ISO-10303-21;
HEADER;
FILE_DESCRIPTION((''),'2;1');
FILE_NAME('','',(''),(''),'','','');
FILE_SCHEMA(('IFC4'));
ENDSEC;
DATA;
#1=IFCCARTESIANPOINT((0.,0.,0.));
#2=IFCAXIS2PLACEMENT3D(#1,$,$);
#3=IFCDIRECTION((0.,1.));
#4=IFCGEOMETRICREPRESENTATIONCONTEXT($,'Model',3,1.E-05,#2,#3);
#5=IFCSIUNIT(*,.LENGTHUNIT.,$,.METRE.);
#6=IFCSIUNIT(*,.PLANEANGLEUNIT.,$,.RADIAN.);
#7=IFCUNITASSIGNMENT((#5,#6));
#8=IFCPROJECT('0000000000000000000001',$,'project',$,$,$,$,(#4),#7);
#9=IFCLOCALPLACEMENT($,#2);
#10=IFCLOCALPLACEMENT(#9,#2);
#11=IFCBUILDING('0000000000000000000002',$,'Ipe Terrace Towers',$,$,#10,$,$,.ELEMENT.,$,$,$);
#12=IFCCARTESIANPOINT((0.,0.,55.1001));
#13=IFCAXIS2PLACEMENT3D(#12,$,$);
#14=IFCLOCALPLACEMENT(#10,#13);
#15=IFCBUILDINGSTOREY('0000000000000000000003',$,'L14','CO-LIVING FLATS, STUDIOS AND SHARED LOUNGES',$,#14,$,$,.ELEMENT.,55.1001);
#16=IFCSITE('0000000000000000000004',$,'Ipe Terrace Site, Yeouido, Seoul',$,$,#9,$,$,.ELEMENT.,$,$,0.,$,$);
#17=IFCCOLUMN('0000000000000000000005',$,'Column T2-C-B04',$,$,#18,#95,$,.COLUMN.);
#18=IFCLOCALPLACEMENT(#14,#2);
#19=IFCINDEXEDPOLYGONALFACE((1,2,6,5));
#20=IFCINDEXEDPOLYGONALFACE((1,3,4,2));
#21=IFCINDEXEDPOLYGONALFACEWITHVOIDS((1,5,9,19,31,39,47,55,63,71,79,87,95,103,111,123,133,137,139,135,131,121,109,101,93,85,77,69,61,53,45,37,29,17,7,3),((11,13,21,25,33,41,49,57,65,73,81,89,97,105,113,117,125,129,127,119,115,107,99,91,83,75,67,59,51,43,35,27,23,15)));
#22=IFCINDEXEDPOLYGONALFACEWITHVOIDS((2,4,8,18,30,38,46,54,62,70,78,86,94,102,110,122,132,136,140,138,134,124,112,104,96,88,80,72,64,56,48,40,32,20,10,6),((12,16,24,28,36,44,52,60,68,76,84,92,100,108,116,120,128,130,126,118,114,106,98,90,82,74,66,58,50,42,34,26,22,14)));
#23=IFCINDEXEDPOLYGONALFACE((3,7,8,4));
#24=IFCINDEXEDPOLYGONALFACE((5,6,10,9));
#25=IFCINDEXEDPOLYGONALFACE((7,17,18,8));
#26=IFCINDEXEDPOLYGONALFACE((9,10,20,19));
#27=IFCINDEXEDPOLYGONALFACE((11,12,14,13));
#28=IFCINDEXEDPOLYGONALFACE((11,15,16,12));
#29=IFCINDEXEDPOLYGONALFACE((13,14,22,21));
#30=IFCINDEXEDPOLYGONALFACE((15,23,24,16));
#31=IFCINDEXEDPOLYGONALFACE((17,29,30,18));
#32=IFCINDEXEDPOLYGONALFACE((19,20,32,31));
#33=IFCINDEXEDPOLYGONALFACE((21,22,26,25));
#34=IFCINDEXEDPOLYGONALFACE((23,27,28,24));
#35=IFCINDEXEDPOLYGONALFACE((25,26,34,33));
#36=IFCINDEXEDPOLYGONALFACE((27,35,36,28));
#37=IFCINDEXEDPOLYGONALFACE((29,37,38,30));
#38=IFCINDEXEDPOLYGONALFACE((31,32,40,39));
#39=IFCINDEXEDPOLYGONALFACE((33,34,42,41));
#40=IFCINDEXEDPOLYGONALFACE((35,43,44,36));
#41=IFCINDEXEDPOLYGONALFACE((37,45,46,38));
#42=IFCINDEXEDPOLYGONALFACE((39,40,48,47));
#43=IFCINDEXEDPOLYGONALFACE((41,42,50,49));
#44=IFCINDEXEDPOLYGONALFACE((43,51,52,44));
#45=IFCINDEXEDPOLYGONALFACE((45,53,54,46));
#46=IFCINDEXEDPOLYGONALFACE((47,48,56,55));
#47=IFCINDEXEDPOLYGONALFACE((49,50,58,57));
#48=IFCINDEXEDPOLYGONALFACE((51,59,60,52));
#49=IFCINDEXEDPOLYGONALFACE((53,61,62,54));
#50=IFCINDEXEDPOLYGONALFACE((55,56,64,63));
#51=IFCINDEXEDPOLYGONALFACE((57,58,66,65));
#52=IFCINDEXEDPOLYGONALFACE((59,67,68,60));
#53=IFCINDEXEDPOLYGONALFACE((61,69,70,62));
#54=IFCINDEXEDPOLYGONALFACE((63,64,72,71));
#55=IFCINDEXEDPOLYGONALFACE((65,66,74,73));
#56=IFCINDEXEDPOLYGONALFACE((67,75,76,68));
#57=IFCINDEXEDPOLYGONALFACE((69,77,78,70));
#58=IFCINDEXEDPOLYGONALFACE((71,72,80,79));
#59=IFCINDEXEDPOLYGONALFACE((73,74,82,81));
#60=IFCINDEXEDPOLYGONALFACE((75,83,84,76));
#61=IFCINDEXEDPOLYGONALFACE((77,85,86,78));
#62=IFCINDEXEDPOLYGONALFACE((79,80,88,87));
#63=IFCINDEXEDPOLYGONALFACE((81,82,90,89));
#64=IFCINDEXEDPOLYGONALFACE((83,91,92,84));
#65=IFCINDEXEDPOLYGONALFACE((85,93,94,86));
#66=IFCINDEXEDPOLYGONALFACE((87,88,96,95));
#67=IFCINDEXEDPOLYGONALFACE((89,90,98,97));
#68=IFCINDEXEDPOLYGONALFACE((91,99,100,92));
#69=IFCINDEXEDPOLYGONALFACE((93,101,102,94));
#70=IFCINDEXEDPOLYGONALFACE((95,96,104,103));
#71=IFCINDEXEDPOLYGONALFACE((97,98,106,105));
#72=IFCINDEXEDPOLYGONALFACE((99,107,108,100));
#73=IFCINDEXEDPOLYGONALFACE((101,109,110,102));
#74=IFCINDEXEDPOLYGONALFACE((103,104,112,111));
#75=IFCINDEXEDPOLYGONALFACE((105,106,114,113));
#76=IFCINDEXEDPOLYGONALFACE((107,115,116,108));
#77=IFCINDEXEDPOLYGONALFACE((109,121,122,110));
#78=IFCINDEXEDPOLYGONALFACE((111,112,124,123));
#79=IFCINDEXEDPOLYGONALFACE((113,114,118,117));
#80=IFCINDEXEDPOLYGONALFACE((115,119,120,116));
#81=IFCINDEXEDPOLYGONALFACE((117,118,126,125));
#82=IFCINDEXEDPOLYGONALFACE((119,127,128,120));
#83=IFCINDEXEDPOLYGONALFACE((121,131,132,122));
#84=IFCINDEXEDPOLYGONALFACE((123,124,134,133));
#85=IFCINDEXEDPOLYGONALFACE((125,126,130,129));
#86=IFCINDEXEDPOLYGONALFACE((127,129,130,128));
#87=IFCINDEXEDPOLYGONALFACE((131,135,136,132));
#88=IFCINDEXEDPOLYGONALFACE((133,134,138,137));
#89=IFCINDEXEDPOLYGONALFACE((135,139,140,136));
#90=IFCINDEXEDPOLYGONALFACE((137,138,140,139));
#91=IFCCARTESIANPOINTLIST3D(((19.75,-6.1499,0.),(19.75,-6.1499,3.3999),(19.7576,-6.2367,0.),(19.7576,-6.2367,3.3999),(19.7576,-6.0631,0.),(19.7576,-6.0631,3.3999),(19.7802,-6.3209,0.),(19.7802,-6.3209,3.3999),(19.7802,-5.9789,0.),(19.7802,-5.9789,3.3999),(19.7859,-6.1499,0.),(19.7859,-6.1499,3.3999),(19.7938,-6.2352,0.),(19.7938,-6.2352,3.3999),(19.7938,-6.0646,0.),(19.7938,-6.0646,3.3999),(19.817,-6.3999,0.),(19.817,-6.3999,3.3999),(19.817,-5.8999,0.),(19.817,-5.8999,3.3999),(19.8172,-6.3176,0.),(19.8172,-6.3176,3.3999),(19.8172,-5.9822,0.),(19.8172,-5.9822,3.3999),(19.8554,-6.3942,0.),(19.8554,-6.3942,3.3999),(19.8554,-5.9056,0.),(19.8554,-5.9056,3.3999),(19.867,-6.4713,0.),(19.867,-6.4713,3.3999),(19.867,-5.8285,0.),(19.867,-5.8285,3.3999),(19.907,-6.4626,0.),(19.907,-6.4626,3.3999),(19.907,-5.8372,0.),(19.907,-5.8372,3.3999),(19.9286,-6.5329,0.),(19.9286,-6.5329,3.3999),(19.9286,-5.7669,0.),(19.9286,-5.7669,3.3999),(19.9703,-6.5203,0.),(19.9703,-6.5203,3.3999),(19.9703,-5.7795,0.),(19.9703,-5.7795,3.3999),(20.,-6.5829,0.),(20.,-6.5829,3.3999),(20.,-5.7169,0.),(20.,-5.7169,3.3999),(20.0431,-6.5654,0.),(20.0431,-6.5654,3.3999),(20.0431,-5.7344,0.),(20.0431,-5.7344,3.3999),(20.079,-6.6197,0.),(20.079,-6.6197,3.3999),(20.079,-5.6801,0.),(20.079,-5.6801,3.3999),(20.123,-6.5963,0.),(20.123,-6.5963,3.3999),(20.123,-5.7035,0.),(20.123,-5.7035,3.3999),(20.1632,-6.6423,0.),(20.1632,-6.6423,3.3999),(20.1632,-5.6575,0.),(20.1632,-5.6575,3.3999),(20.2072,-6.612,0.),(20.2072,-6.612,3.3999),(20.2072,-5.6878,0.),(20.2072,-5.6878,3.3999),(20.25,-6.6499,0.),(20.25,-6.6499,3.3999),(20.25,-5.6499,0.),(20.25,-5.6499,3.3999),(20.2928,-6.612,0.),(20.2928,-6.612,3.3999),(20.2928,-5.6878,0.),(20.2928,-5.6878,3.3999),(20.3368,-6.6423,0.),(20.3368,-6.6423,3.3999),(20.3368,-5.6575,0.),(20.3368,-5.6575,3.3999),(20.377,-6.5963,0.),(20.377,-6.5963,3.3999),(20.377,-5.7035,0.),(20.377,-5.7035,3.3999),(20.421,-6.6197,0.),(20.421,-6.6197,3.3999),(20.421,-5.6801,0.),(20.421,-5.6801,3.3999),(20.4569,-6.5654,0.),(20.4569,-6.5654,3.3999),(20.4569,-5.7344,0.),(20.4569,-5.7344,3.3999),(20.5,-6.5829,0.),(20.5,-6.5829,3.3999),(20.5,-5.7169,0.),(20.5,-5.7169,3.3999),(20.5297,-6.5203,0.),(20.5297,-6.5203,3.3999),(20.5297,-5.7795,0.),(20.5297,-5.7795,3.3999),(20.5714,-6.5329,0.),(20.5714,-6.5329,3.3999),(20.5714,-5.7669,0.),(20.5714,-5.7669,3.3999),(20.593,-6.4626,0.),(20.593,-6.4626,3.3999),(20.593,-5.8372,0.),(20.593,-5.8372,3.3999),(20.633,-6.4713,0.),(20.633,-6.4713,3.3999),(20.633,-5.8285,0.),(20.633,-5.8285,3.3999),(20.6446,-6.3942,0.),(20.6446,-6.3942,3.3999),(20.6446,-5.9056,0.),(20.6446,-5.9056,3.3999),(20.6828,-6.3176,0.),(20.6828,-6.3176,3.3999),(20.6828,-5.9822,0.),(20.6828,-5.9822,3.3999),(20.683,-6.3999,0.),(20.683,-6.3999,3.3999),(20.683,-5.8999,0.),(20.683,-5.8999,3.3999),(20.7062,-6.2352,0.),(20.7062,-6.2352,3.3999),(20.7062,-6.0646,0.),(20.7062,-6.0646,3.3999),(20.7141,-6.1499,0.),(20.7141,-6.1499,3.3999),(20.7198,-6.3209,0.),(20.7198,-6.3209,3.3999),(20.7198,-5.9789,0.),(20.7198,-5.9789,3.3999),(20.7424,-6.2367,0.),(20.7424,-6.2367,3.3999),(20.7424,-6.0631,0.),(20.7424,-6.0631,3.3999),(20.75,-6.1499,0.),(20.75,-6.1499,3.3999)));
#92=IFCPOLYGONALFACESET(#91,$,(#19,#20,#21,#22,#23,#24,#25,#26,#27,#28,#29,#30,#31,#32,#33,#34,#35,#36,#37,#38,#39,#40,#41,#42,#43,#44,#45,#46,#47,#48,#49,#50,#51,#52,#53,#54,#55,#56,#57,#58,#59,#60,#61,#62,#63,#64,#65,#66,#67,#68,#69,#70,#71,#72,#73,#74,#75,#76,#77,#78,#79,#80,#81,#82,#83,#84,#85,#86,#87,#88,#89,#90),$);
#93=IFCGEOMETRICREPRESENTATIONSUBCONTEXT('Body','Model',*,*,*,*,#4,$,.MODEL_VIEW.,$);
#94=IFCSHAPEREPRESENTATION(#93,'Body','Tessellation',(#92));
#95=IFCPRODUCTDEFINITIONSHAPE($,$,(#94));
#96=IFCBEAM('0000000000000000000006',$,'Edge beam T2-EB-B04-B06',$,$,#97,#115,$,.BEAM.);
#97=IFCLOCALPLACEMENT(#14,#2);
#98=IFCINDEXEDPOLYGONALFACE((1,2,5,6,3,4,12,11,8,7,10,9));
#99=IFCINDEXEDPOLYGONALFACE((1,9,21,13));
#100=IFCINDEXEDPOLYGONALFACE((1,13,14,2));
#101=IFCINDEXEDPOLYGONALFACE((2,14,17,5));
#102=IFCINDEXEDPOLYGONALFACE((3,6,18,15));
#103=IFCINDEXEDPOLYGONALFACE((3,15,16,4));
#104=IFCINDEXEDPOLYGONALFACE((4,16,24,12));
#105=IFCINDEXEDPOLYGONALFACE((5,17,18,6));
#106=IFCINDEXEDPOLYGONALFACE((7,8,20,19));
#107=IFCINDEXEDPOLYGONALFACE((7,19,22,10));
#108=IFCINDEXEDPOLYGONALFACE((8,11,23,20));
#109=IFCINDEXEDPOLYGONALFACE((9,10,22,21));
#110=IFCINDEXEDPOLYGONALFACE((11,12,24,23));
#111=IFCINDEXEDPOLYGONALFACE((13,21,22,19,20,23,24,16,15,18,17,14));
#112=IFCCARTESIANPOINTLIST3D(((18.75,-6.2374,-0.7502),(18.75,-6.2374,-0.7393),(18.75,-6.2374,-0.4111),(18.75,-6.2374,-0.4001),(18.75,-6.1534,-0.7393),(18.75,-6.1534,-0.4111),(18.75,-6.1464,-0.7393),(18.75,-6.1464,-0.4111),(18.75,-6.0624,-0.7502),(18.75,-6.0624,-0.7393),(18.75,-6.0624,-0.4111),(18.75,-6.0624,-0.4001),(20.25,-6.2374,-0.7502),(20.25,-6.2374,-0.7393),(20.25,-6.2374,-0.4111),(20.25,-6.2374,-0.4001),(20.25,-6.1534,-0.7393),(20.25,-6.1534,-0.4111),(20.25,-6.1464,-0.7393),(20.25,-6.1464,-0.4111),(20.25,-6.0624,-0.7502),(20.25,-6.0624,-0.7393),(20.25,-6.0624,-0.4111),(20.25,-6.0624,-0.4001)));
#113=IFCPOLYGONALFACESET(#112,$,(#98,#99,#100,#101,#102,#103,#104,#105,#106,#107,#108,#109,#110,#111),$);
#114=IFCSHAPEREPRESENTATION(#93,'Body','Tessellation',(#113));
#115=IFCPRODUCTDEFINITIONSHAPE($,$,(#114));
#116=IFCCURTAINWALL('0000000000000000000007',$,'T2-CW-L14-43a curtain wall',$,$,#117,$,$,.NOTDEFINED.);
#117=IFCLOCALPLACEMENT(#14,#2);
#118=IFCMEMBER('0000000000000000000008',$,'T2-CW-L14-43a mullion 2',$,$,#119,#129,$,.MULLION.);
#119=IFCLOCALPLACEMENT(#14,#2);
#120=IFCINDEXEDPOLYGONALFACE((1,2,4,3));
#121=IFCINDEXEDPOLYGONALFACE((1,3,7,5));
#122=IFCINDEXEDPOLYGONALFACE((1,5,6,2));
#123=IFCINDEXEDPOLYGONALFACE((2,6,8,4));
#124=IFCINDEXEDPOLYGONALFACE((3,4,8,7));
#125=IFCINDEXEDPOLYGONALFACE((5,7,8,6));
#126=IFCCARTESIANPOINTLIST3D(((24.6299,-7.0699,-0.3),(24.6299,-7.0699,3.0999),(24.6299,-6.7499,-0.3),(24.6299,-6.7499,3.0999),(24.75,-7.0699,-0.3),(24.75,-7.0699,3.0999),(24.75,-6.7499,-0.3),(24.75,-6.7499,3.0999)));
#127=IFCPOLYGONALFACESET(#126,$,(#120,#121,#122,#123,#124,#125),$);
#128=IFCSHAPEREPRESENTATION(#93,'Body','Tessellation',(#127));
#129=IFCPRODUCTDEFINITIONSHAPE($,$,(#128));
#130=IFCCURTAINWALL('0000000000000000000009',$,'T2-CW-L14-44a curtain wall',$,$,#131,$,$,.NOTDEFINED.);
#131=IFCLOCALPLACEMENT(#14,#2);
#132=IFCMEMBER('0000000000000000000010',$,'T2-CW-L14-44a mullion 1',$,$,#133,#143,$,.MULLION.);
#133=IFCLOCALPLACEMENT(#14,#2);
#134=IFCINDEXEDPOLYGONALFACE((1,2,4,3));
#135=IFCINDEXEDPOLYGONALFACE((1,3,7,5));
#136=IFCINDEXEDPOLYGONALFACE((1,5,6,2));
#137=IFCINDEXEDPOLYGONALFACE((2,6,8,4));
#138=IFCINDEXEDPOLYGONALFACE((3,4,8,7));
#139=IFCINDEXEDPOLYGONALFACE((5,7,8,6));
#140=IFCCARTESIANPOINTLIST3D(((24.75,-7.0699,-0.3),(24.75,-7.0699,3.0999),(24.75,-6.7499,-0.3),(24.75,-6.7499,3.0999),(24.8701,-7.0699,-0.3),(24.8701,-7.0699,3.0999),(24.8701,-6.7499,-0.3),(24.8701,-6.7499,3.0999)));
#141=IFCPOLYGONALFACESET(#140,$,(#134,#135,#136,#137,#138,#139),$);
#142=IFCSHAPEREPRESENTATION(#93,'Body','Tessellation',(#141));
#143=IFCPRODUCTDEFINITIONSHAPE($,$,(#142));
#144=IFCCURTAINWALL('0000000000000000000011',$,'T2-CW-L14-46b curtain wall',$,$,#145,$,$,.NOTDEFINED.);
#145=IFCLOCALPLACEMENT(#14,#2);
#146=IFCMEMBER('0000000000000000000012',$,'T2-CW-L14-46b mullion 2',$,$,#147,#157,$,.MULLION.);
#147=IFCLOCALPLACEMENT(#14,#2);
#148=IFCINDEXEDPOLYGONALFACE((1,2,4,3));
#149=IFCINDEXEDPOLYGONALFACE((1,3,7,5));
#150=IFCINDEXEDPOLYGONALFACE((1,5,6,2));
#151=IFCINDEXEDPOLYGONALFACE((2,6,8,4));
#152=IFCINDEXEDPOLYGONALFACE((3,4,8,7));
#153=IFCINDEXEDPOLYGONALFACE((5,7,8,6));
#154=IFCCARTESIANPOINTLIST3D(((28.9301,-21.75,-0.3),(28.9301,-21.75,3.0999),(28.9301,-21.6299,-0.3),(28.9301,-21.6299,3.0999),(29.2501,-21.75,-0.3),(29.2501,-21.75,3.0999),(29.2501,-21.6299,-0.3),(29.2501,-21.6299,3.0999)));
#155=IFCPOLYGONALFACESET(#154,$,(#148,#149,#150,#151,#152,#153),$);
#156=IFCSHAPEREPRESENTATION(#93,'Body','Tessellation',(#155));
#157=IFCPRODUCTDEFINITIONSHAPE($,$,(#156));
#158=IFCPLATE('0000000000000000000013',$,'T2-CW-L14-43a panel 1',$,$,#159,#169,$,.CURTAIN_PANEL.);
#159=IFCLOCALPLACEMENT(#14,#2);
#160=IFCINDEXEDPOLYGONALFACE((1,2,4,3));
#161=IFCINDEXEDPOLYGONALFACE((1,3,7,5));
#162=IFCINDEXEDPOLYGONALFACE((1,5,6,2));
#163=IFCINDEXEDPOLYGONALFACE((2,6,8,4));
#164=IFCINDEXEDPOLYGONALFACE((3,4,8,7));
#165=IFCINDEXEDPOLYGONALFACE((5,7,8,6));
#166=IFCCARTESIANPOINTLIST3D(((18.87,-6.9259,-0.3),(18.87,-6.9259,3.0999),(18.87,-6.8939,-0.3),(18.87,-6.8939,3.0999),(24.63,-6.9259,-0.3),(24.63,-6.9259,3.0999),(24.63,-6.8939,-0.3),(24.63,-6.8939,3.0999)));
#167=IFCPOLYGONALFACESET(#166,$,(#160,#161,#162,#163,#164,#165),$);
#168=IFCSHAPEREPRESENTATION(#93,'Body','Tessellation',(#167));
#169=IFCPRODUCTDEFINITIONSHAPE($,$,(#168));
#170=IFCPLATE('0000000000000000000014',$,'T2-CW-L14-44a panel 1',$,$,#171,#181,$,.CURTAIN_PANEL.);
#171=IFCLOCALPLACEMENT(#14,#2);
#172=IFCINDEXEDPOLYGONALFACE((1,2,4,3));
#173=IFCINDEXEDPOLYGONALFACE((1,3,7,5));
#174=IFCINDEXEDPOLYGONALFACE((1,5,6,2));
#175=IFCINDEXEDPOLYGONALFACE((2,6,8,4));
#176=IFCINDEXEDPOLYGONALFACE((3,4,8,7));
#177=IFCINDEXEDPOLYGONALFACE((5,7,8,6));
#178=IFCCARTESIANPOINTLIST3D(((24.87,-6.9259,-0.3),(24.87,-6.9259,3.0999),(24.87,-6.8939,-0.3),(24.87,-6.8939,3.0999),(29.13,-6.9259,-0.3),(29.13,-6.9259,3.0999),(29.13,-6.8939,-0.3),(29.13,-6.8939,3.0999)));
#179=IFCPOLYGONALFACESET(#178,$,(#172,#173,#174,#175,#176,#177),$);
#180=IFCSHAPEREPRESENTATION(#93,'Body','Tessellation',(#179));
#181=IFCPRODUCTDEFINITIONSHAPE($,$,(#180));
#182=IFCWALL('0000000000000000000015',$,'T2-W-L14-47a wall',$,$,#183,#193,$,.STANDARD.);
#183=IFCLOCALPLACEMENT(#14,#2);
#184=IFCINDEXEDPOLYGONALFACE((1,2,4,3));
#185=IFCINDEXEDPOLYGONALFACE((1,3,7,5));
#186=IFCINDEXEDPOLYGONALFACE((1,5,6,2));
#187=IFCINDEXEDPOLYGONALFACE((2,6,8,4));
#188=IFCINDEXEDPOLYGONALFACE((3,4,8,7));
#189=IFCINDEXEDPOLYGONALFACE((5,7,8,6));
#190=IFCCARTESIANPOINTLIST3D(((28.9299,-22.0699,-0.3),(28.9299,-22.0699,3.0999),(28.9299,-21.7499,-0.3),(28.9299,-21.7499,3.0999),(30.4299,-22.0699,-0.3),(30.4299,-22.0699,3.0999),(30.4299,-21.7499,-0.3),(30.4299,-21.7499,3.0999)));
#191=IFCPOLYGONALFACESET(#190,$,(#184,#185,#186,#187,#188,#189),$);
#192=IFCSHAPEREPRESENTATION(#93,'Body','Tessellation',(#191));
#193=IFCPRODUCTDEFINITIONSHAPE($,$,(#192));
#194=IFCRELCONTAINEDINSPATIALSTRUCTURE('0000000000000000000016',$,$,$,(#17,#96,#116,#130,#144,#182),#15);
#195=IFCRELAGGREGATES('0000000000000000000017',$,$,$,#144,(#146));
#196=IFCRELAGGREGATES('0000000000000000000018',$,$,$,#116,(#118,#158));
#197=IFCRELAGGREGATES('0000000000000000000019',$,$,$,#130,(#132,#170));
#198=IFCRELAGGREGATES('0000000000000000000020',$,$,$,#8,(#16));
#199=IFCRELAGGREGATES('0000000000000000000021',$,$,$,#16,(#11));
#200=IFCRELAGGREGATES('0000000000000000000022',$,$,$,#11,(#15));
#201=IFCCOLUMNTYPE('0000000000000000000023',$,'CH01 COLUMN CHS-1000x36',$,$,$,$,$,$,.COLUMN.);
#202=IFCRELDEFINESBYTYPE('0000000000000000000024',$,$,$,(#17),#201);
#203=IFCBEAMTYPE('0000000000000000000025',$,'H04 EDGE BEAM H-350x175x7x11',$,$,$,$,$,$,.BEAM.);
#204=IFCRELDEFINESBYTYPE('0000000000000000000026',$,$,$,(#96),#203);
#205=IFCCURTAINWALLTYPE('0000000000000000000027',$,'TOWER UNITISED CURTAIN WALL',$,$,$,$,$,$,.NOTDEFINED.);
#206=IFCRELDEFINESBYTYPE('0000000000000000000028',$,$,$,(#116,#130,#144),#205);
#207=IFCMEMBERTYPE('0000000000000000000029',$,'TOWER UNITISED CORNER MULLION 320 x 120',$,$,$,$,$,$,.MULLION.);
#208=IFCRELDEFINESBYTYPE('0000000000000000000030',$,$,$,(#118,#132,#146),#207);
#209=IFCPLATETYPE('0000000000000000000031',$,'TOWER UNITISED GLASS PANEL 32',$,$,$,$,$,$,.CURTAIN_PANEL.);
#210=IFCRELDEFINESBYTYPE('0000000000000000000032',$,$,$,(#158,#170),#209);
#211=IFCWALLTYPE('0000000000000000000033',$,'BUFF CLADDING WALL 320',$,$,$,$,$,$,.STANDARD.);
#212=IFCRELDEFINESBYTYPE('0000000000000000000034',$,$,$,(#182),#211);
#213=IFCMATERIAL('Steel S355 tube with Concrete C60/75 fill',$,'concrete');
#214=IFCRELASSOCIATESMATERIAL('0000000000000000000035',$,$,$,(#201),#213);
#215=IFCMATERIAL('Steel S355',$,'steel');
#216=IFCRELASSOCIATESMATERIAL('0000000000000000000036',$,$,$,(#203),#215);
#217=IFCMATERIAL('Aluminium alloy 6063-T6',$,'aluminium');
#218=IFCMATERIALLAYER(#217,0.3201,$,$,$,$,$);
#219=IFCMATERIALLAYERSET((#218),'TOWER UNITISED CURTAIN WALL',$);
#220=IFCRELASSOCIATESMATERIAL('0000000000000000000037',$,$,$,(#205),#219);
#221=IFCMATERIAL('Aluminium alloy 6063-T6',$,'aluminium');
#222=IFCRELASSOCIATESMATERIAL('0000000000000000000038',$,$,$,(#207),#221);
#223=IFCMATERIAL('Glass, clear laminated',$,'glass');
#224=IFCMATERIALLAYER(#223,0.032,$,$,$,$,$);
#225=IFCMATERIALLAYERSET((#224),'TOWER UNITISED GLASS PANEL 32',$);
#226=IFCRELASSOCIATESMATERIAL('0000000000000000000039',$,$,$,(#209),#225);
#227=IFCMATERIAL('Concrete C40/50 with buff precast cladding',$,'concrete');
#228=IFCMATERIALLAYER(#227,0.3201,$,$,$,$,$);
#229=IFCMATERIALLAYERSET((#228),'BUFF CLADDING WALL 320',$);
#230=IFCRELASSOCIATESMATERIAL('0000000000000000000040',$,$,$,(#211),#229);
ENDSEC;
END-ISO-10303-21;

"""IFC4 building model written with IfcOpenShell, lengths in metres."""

from ifc_helpers import new_model, si_unit, direction, frame, frame_2d, origin, origin_2d, place, context, subcontext, project, spatial, rectangle, hollow_circle, i_section, extrude, material, layer, layer_set, material_profile, profile_set, type_object, element, aggregate, save


model = new_model("IFC4")

# Units and contexts
model_context = context("Model", 3, precision=1e-05, world=origin(), true_north=direction((0.0, 1.0)))
body_context = subcontext(model_context, "Body", "Model", "MODEL_VIEW")
ifc_project = project(units=[si_unit("LENGTHUNIT", "METRE"), si_unit("PLANEANGLEUNIT", "RADIAN")], contexts=[model_context])

# Site, building, storey
site_placement = place(None, origin())
site = spatial("IfcSite", under=ifc_project, at=site_placement, Name="Ipe Terrace Site, Yeouido, Seoul", CompositionType="ELEMENT", RefElevation=0.0)
building_placement = place(site_placement, origin())
building = spatial("IfcBuilding", under=site, at=building_placement, Name="Ipe Terrace Towers", CompositionType="ELEMENT")
storey_placement = place(building_placement, frame((0.0, 0.0, 55.1001)))
storey = spatial("IfcBuildingStorey", under=building, at=storey_placement, Name="L14", Description="CO-LIVING FLATS, STUDIOS AND SHARED LOUNGES", CompositionType="ELEMENT", Elevation=55.1001)

# Column
ifc_material_1 = material(Name="Steel S355 tube with Concrete C60/75 fill", Category="concrete")
ifc_material_profile_1 = material_profile(ifc_material_1, hollow_circle(Radius=0.5, WallThickness=0.0359, at=origin_2d()), Name="CHS-1000x36")
ifc_profile_set_1 = profile_set([ifc_material_profile_1], Name="Steel S355 tube with Concrete C60/75 fill")
column_type = type_object("IfcColumnType", Name="CH01 COLUMN CHS-1000x36", PredefinedType="COLUMN", material=ifc_profile_set_1)
column_placement = place(storey_placement, frame((20.25, -6.1499, 0.0), z_axis=(0.0, 0.0, 1.0), x_axis=(1.0, 0.0, 0.0)))
element("IfcColumn", 1, at=column_placement, inside=storey, type_object=column_type, Name="Column T2-C-B04", PredefinedType="COLUMN", context=body_context, shape_type="SweptSolid", body=[
    extrude(hollow_circle(Radius=0.5, WallThickness=0.0359, at=origin_2d()), origin(), (0.0, 0.0, 1.0), 3.3999),
])

# Beam
ifc_material_2 = material(Name="Steel S355", Category="steel")
ifc_material_profile_2 = material_profile(ifc_material_2, i_section(OverallWidth=0.175, OverallDepth=0.3501, WebThickness=0.0071, FlangeThickness=0.011, at=origin_2d()), Name="H-350x175x7x11")
ifc_profile_set_2 = profile_set([ifc_material_profile_2], Name="Steel S355")
beam_type = type_object("IfcBeamType", Name="H04 EDGE BEAM H-350x175x7x11", PredefinedType="BEAM", material=ifc_profile_set_2)
beam_placement = place(storey_placement, frame((20.25, -6.1499, -0.5752), z_axis=(-1.0, 0.0, 0.0), x_axis=(0.0, -1.0, 0.0)))
element("IfcBeam", 2, at=beam_placement, inside=storey, type_object=beam_type, Name="Edge beam T2-EB-B04-B06", PredefinedType="BEAM", context=body_context, shape_type="SweptSolid", body=[
    extrude(i_section(OverallWidth=0.175, OverallDepth=0.3501, WebThickness=0.0071, FlangeThickness=0.011, at=origin_2d()), origin(), (0.0, 0.0, 1.0), 1.5),
])

# Curtain walls, members
ifc_material_3 = material(Name="Aluminium alloy 6063-T6", Category="aluminium")
ifc_layer_1 = layer(ifc_material_3, 0.3201)
ifc_layer_set_1 = layer_set([ifc_layer_1], Name="TOWER UNITISED CURTAIN WALL")
curtain_wall_type = type_object("IfcCurtainWallType", Name="TOWER UNITISED CURTAIN WALL", PredefinedType="NOTDEFINED", material=ifc_layer_set_1)
curtain_wall_1_placement = place(storey_placement, origin())
curtain_wall_1 = element("IfcCurtainWall", 3, at=curtain_wall_1_placement, inside=storey, type_object=curtain_wall_type, Name="T2-CW-L14-43a curtain wall", PredefinedType="NOTDEFINED")
ifc_material_4 = material(Name="Aluminium alloy 6063-T6", Category="aluminium")
ifc_material_profile_3 = material_profile(ifc_material_4, rectangle(XDim=0.3201, YDim=0.1201, at=origin_2d()), Name="TOWER UNITISED CORNER MULLION 320 x 120")
ifc_profile_set_3 = profile_set([ifc_material_profile_3], Name="Aluminium alloy 6063-T6")
member_type = type_object("IfcMemberType", Name="TOWER UNITISED CORNER MULLION 320 x 120", PredefinedType="MULLION", material=ifc_profile_set_3)
member_1_placement = place(storey_placement, frame((24.6899, -6.9099, -0.3), z_axis=(0.0, 0.0, 1.0), x_axis=(0.0, -1.0, 0.0)))
member_1 = element("IfcMember", 4, at=member_1_placement, type_object=member_type, Name="T2-CW-L14-43a mullion 2", PredefinedType="MULLION", context=body_context, shape_type="SweptSolid", body=[
    extrude(rectangle(XDim=0.3201, YDim=0.1201, at=origin_2d()), origin(), (0.0, 0.0, 1.0), 3.3999),
])
curtain_wall_2_placement = place(storey_placement, origin())
curtain_wall_2 = element("IfcCurtainWall", 5, at=curtain_wall_2_placement, inside=storey, type_object=curtain_wall_type, Name="T2-CW-L14-44a curtain wall", PredefinedType="NOTDEFINED")
member_2_placement = place(storey_placement, frame((24.8101, -6.9099, -0.3), z_axis=(0.0, 0.0, 1.0), x_axis=(0.0, -1.0, 0.0)))
member_2 = element("IfcMember", 6, at=member_2_placement, type_object=member_type, Name="T2-CW-L14-44a mullion 1", PredefinedType="MULLION", context=body_context, shape_type="SweptSolid", body=[
    extrude(rectangle(XDim=0.3201, YDim=0.1201, at=origin_2d()), origin(), (0.0, 0.0, 1.0), 3.3999),
])
curtain_wall_3_placement = place(storey_placement, origin())
curtain_wall_3 = element("IfcCurtainWall", 7, at=curtain_wall_3_placement, inside=storey, type_object=curtain_wall_type, Name="T2-CW-L14-46b curtain wall", PredefinedType="NOTDEFINED")
member_3_placement = place(storey_placement, frame((29.0901, -21.6899, -0.3), z_axis=(0.0, 0.0, 1.0), x_axis=(-1.0, 0.0, 0.0)))
member_3 = element("IfcMember", 8, at=member_3_placement, type_object=member_type, Name="T2-CW-L14-46b mullion 2", PredefinedType="MULLION", context=body_context, shape_type="SweptSolid", body=[
    extrude(rectangle(XDim=0.3201, YDim=0.1201, at=origin_2d()), origin(), (0.0, 0.0, 1.0), 3.3999),
])
aggregate(curtain_wall_3, [member_3])

# Plates
ifc_material_5 = material(Name="Glass, clear laminated", Category="glass")
ifc_layer_2 = layer(ifc_material_5, 0.032)
ifc_layer_set_2 = layer_set([ifc_layer_2], Name="TOWER UNITISED GLASS PANEL 32")
plate_type = type_object("IfcPlateType", Name="TOWER UNITISED GLASS PANEL 32", PredefinedType="CURTAIN_PANEL", material=ifc_layer_set_2)
plate_1_placement = place(storey_placement, frame((21.75, -6.9099, -0.3), z_axis=(0.0, 0.0, 1.0), x_axis=(1.0, 0.0, 0.0)))
plate_1 = element("IfcPlate", 9, at=plate_1_placement, type_object=plate_type, Name="T2-CW-L14-43a panel 1", PredefinedType="CURTAIN_PANEL", context=body_context, shape_type="SweptSolid", body=[
    extrude(rectangle(XDim=5.76, YDim=0.032, at=origin_2d()), origin(), (0.0, 0.0, 1.0), 3.3999),
])
aggregate(curtain_wall_1, [member_1, plate_1])
plate_2_placement = place(storey_placement, frame((27.0, -6.9099, -0.3), z_axis=(0.0, 0.0, 1.0), x_axis=(1.0, 0.0, 0.0)))
plate_2 = element("IfcPlate", 10, at=plate_2_placement, type_object=plate_type, Name="T2-CW-L14-44a panel 1", PredefinedType="CURTAIN_PANEL", context=body_context, shape_type="SweptSolid", body=[
    extrude(rectangle(XDim=4.26, YDim=0.032, at=origin_2d()), origin(), (0.0, 0.0, 1.0), 3.3999),
])
aggregate(curtain_wall_2, [member_2, plate_2])

# Wall
ifc_material_6 = material(Name="Concrete C40/50 with buff precast cladding", Category="concrete")
ifc_layer_3 = layer(ifc_material_6, 0.3201)
ifc_layer_set_3 = layer_set([ifc_layer_3], Name="BUFF CLADDING WALL 320")
wall_type_1 = type_object("IfcWallType", Name="BUFF CLADDING WALL 320", PredefinedType="STANDARD", material=ifc_layer_set_3)
wall_1_placement = place(storey_placement, frame((28.9299, -21.9099, -0.3), z_axis=(0.0, 0.0, 1.0), x_axis=(1.0, 0.0, 0.0)))
element("IfcWall", 11, at=wall_1_placement, inside=storey, type_object=wall_type_1, Name="T2-W-L14-47a wall", PredefinedType="STANDARD", context=body_context, shape_type="SweptSolid", body=[
    extrude(rectangle(XDim=1.5, YDim=0.3201, at=frame_2d((0.75, 0.0))), origin(), (0.0, 0.0, 1.0), 3.3999),
])

save(model, "model.ifc")
